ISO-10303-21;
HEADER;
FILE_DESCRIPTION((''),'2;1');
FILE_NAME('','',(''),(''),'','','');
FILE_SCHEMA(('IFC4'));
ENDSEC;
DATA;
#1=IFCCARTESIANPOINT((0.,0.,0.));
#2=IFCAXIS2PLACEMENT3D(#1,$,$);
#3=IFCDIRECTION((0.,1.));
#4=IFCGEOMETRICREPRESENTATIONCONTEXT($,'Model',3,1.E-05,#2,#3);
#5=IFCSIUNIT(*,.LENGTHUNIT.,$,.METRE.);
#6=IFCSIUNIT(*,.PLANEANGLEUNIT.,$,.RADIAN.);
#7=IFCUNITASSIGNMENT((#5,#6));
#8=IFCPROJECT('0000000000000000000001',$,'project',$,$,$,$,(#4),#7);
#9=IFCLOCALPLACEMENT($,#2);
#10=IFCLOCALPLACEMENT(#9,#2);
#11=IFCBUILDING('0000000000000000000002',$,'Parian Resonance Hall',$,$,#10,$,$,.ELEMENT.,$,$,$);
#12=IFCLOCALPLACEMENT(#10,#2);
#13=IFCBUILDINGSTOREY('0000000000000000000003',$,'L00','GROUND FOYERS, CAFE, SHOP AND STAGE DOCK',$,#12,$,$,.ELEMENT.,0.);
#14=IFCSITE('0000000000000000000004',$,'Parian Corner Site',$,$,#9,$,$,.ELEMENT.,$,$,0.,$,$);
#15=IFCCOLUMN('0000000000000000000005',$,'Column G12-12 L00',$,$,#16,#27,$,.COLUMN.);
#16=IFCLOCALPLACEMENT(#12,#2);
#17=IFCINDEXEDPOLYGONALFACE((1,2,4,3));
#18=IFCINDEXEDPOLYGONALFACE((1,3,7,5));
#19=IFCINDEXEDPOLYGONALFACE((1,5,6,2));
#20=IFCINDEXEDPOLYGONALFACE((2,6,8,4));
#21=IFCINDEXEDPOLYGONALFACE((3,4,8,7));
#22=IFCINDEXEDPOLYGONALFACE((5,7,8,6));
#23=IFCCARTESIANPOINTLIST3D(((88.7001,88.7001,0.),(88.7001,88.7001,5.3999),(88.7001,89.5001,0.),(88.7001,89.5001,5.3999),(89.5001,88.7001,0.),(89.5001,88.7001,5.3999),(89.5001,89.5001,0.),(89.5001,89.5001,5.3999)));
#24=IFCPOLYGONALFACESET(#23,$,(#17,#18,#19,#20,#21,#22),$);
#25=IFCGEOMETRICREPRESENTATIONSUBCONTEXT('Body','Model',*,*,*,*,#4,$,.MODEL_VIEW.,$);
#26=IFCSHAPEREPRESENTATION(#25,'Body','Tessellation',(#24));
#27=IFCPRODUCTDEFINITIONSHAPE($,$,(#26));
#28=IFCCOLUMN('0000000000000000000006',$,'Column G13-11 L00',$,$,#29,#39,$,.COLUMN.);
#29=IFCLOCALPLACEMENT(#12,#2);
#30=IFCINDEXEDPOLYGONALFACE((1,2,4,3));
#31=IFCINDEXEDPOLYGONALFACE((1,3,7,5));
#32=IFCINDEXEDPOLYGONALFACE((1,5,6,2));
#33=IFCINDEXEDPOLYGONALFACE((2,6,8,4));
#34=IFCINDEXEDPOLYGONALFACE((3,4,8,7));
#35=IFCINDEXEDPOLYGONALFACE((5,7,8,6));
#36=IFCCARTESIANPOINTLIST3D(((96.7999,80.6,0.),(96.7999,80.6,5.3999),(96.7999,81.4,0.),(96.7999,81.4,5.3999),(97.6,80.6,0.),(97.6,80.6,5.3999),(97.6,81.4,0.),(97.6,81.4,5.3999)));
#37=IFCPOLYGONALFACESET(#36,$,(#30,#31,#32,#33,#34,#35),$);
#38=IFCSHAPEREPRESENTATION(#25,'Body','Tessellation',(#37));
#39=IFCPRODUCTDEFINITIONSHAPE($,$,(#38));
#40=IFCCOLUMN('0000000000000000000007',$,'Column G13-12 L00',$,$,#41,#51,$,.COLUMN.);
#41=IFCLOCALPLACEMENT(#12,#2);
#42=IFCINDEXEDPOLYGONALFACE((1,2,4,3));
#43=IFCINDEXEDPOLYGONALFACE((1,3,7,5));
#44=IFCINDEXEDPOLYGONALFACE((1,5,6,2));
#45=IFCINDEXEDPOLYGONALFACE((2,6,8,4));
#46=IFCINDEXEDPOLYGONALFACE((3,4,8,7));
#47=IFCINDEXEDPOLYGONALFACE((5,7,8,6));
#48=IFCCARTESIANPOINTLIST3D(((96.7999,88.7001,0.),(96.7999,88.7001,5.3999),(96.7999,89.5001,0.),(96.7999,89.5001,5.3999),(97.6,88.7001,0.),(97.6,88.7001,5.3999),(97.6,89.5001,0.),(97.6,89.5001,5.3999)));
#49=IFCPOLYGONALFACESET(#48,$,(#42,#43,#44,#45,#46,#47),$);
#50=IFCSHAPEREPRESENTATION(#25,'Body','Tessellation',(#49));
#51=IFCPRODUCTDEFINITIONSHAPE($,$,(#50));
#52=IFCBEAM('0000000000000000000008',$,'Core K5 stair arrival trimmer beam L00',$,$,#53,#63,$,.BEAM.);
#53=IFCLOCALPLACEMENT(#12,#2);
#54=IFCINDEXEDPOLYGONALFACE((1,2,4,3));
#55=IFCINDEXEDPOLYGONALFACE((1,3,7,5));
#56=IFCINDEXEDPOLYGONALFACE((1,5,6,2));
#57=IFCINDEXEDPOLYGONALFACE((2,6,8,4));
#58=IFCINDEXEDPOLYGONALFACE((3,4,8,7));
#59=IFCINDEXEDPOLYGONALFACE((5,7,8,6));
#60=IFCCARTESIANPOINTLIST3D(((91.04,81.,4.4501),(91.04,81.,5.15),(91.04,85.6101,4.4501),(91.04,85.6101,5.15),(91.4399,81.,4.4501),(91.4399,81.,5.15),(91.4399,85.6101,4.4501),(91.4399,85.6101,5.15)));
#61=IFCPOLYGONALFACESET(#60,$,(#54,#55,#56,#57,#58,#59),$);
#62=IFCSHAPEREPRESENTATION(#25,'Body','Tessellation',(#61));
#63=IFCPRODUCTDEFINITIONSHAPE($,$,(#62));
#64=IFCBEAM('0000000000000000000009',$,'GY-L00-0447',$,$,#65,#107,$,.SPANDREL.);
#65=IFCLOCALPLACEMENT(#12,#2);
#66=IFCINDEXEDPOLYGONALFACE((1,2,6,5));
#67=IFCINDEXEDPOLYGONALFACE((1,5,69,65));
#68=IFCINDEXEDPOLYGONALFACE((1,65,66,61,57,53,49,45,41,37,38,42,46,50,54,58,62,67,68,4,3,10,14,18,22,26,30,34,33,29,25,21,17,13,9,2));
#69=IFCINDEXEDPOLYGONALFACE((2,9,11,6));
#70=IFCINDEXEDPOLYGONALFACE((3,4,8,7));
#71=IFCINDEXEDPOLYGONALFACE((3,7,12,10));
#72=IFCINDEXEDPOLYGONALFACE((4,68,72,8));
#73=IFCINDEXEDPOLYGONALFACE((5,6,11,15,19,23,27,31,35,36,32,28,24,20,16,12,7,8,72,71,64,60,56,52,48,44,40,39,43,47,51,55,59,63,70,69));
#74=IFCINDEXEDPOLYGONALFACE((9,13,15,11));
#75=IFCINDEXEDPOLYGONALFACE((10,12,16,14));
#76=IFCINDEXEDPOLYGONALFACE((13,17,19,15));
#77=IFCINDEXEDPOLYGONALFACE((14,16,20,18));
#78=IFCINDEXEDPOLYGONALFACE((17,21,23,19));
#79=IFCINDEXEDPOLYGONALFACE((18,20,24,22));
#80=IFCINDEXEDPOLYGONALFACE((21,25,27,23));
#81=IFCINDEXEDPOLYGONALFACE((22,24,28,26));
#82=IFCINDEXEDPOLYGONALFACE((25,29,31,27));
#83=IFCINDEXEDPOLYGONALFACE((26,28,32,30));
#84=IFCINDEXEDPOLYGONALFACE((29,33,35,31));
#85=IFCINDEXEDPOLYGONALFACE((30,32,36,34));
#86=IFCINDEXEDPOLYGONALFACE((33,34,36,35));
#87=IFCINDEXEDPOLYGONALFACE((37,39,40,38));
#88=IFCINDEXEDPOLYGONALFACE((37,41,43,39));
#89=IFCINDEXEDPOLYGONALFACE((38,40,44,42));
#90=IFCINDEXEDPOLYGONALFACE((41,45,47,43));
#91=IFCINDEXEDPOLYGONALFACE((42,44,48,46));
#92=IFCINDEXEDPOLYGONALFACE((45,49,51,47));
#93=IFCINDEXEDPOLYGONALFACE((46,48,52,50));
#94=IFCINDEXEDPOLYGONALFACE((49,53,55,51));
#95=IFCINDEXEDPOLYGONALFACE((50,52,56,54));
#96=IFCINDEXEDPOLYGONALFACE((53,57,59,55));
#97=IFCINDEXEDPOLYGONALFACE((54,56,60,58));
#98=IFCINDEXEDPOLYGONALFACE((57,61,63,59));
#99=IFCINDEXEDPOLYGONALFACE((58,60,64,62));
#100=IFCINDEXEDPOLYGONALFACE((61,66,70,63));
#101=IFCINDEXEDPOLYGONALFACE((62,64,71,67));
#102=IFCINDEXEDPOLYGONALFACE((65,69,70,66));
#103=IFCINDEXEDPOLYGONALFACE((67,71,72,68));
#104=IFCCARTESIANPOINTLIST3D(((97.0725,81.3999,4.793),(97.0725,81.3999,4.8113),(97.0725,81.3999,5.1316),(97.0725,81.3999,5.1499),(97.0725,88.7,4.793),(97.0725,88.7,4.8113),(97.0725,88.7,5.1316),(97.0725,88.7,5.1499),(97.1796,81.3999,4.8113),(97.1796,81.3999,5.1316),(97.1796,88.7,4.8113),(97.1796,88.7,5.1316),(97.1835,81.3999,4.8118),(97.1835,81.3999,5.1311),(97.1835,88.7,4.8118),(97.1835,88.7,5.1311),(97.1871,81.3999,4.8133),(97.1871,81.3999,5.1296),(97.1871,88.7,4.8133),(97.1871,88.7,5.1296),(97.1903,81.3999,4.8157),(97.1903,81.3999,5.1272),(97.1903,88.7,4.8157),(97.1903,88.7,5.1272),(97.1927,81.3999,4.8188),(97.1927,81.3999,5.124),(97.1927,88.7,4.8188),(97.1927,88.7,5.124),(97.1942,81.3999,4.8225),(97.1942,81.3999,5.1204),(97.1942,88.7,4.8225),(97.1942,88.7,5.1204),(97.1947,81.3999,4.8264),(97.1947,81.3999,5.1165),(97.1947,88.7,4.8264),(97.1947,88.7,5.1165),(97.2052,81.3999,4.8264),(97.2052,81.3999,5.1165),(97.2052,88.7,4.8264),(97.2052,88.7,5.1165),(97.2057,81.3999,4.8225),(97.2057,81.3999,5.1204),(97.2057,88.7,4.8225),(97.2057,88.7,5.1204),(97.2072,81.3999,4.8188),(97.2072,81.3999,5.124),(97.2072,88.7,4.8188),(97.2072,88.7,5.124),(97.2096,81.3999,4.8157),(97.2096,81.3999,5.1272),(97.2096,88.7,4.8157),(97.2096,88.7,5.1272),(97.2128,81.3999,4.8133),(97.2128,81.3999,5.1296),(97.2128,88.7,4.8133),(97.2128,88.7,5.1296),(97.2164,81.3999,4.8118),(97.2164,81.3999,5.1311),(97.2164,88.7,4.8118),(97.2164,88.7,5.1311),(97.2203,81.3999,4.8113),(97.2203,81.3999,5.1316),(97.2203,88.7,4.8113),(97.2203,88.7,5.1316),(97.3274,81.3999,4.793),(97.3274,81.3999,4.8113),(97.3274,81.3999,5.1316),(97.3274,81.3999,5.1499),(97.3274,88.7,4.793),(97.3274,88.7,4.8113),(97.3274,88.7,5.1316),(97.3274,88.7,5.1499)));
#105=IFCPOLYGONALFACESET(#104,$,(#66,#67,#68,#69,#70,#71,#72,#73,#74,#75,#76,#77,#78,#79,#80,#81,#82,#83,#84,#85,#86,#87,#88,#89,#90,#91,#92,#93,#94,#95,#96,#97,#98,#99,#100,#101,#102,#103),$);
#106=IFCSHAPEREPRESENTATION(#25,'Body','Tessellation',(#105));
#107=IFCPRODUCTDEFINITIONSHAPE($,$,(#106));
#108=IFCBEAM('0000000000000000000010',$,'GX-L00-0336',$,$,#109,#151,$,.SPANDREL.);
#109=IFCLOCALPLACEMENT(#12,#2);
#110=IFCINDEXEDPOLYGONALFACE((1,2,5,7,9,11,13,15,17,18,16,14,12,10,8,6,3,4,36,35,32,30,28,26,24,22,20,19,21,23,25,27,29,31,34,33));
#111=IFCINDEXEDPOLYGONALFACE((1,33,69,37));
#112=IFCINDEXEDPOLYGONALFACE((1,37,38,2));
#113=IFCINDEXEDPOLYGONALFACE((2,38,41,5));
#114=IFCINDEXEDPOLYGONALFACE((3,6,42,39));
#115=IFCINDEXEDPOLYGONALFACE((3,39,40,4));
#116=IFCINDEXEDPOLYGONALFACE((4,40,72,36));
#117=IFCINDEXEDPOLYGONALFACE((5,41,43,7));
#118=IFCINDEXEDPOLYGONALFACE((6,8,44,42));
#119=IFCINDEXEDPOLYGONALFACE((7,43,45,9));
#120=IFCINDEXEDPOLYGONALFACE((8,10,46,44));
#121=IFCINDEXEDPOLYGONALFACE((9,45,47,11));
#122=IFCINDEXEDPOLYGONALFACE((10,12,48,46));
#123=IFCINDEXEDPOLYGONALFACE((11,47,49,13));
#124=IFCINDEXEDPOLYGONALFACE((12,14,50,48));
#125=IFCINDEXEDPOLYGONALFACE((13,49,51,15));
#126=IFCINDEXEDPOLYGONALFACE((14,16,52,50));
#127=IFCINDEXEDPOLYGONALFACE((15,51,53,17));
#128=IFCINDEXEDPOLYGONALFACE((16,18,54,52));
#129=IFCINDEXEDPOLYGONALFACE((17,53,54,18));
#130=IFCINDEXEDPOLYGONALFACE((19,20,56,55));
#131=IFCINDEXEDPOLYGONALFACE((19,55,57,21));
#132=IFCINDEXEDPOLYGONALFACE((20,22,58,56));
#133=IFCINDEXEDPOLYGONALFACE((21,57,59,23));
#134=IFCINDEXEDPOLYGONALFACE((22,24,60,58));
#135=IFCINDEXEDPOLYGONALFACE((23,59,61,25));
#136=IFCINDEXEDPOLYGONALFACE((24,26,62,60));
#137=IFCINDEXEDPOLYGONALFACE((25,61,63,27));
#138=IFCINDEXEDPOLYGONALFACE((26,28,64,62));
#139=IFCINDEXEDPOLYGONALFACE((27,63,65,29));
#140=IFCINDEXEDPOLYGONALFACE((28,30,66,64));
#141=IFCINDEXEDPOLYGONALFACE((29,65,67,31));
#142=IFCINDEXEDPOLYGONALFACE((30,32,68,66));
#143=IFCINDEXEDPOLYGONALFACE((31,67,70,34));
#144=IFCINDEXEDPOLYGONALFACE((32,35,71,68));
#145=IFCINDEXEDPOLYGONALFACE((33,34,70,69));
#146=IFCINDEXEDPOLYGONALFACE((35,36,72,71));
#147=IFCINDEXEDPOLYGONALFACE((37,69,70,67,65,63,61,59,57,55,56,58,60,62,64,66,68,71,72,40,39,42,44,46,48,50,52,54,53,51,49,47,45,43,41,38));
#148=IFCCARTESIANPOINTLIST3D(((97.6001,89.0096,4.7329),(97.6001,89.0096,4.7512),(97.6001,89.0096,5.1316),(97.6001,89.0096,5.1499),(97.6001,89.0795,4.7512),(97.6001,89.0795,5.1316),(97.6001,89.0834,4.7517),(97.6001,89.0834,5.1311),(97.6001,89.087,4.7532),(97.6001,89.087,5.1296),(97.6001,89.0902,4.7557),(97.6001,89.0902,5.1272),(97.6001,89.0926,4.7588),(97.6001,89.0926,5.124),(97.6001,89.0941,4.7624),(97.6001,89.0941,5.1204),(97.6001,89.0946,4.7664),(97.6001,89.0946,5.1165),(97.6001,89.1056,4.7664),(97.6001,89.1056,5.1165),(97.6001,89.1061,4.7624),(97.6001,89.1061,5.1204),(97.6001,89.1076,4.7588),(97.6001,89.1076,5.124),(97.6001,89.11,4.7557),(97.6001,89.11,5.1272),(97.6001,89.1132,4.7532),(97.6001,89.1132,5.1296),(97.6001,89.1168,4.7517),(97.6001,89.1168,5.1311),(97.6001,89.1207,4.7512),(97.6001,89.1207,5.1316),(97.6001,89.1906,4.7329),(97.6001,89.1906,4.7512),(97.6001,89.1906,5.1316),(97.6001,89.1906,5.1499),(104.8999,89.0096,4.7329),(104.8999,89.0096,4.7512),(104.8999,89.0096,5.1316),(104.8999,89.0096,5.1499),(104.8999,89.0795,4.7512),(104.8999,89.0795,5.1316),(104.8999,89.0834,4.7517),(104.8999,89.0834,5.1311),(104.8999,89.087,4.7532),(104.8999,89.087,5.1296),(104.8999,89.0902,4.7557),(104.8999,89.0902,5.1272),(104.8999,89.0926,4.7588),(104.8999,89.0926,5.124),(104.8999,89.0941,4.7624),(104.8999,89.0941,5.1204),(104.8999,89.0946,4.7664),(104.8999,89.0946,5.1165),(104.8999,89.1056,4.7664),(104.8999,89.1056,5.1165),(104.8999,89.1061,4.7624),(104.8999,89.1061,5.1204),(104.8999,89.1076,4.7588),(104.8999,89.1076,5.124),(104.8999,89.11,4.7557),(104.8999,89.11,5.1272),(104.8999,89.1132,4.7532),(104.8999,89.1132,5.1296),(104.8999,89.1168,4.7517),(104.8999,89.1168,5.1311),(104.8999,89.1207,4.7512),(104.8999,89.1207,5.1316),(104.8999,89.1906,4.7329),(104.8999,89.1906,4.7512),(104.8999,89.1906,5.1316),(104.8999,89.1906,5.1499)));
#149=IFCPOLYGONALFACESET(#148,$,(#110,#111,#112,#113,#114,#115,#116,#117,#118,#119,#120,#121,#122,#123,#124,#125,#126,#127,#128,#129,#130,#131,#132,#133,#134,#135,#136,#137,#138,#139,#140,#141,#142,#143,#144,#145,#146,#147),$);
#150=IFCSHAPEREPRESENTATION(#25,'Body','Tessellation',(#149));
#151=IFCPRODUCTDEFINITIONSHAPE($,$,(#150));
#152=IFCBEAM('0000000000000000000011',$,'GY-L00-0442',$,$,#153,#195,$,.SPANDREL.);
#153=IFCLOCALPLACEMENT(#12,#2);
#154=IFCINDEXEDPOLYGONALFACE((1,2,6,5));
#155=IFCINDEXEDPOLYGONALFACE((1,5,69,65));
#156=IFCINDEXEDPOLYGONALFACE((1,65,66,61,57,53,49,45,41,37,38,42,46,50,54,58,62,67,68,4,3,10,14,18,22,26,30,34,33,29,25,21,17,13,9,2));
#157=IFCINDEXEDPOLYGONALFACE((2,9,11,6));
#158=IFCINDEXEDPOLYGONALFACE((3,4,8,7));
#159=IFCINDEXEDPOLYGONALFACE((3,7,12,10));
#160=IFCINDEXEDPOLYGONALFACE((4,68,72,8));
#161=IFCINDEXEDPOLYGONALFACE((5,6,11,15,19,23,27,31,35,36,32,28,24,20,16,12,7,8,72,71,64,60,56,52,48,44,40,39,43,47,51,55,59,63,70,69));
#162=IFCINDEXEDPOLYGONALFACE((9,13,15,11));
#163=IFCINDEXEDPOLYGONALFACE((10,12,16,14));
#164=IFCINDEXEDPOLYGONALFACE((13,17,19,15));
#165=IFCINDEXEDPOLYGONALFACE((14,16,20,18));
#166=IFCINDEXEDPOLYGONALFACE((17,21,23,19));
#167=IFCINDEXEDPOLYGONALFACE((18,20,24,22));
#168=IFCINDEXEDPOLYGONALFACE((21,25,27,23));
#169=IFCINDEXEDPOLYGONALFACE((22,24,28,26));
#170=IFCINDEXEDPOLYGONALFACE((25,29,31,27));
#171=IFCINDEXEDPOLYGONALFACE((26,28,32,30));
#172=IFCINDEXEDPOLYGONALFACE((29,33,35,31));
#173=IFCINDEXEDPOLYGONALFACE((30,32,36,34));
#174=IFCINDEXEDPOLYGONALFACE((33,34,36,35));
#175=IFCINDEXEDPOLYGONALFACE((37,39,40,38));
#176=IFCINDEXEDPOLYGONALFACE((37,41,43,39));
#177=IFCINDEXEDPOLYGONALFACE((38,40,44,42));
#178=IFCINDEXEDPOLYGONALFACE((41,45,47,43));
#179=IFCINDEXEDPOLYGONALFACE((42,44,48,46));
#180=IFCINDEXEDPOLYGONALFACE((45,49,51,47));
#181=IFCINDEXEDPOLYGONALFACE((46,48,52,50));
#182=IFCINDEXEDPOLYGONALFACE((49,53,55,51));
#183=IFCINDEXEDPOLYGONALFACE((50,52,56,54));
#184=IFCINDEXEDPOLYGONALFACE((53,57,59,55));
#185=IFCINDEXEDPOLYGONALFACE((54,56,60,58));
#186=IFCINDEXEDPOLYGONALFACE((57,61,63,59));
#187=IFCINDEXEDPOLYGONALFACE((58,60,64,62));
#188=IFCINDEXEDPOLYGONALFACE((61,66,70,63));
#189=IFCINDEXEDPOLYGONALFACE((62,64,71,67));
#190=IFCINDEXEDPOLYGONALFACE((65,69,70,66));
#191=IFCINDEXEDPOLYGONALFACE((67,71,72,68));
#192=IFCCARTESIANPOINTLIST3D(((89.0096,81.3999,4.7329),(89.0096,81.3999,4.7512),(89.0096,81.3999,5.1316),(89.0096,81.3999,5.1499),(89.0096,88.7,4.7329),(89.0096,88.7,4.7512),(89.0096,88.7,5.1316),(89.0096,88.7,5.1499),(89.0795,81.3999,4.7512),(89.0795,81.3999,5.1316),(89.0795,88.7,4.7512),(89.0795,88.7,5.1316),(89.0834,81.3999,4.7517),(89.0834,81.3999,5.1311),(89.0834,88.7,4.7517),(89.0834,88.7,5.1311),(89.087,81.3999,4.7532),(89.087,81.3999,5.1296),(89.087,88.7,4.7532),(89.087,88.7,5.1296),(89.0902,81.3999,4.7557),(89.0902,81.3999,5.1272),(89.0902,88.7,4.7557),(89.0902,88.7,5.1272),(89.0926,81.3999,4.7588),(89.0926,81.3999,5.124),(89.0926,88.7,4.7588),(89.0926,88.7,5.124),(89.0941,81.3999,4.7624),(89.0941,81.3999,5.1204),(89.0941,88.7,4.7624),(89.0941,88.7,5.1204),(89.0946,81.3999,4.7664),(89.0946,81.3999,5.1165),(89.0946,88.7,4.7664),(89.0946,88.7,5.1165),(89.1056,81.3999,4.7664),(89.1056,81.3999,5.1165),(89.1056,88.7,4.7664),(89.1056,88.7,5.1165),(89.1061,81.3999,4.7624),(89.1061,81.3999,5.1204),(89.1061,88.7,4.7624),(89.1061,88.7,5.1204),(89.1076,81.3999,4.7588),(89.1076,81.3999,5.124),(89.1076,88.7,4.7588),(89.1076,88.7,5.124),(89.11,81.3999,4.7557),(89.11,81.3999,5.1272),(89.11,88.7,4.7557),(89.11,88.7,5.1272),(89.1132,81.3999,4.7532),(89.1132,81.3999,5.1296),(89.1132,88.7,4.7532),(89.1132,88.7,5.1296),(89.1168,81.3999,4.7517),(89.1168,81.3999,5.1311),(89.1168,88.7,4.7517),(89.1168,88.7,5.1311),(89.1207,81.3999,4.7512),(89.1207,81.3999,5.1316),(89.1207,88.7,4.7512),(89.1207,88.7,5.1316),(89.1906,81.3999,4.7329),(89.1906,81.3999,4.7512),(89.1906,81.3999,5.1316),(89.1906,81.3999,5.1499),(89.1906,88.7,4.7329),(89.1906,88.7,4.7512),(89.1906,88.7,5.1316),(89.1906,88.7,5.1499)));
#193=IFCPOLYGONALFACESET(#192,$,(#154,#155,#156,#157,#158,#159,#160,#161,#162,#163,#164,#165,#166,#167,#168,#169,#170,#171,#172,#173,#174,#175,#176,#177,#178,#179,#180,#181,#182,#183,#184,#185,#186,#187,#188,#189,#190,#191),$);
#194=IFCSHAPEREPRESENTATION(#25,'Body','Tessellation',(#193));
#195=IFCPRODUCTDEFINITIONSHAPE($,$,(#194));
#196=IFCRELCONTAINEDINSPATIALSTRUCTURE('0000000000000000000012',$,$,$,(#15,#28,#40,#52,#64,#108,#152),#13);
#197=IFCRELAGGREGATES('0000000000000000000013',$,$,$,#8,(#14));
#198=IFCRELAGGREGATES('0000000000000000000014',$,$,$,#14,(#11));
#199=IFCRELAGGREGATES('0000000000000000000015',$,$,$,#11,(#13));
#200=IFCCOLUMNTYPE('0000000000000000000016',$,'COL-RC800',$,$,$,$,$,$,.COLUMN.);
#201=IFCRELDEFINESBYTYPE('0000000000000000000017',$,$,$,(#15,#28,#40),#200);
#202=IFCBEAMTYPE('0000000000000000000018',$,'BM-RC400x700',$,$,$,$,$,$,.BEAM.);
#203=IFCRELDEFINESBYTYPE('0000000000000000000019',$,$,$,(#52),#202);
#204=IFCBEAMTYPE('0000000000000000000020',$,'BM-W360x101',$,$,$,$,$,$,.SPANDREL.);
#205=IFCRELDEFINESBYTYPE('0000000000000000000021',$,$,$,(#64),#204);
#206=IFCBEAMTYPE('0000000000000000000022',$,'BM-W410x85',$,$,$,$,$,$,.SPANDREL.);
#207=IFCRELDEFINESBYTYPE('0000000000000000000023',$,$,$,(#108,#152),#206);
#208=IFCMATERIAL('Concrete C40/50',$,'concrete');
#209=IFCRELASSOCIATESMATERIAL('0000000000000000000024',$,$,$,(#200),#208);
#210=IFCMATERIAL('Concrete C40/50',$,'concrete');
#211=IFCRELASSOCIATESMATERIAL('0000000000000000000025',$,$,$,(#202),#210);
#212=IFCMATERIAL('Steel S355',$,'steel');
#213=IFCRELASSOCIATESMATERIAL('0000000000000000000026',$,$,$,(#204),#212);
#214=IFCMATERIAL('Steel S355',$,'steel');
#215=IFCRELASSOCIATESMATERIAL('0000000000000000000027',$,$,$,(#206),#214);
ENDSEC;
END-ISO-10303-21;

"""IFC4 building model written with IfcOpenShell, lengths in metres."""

from ifc_helpers import new_model, si_unit, direction, frame, origin, origin_2d, place, context, subcontext, project, spatial, rectangle, i_section, extrude, material, material_profile, profile_set, type_object, element, save


model = new_model("IFC4")

# Units and contexts
model_context = context("Model", 3, precision=1e-05, world=origin(), true_north=direction((0.0, 1.0)))
body_context = subcontext(model_context, "Body", "Model", "MODEL_VIEW")
ifc_project = project(units=[si_unit("LENGTHUNIT", "METRE"), si_unit("PLANEANGLEUNIT", "RADIAN")], contexts=[model_context])

# Site, building, storey
site_placement = place(None, origin())
site = spatial("IfcSite", under=ifc_project, at=site_placement, Name="Parian Corner Site", CompositionType="ELEMENT", RefElevation=0.0)
building_placement = place(site_placement, origin())
building = spatial("IfcBuilding", under=site, at=building_placement, Name="Parian Resonance Hall", CompositionType="ELEMENT")
storey_placement = place(building_placement, origin())
storey = spatial("IfcBuildingStorey", under=building, at=storey_placement, Name="L00", Description="GROUND FOYERS, CAFE, SHOP AND STAGE DOCK", CompositionType="ELEMENT", Elevation=0.0)

# Columns
ifc_material_1 = material(Name="Concrete C40/50", Category="concrete")
ifc_material_profile_1 = material_profile(ifc_material_1, rectangle(XDim=0.8, YDim=0.8, at=origin_2d()), Name="RC-COL-800x800")
ifc_profile_set_1 = profile_set([ifc_material_profile_1], Name="Concrete C40/50")
column_type = type_object("IfcColumnType", Name="COL-RC800", PredefinedType="COLUMN", material=ifc_profile_set_1)
for number, where, z_axis, x_axis, name in (
    (1, (89.1001, 89.1001, 0.0), (0.0, 0.0, 1.0), (1.0, 0.0, 0.0), "Column G12-12 L00"),
    (2, (97.2, 81.0, 0.0), (0.0, 0.0, 1.0), (1.0, 0.0, 0.0), "Column G13-11 L00"),
    (3, (97.2, 89.1001, 0.0), (0.0, 0.0, 1.0), (1.0, 0.0, 0.0), "Column G13-12 L00"),
):
    element("IfcColumn", number, at=place(storey_placement, frame(where, z_axis=z_axis, x_axis=x_axis)), inside=storey, type_object=column_type, Name=name, PredefinedType="COLUMN", context=body_context, shape_type="SweptSolid", body=[
        extrude(rectangle(XDim=0.8, YDim=0.8, at=origin_2d()), origin(), (0.0, 0.0, 1.0), 5.3999),
    ])

# Beams
ifc_material_2 = material(Name="Concrete C40/50", Category="concrete")
ifc_material_profile_2 = material_profile(ifc_material_2, rectangle(XDim=0.3999, YDim=0.7, at=origin_2d()), Name="RC-BM-400x700")
ifc_profile_set_2 = profile_set([ifc_material_profile_2], Name="Concrete C40/50")
beam_type_1 = type_object("IfcBeamType", Name="BM-RC400x700", PredefinedType="BEAM", material=ifc_profile_set_2)
beam_1_placement = place(storey_placement, frame((91.24, 81.0, 4.8), z_axis=(0.0, 1.0, 0.0), x_axis=(-1.0, 0.0, 0.0)))
element("IfcBeam", 4, at=beam_1_placement, inside=storey, type_object=beam_type_1, Name="Core K5 stair arrival trimmer beam L00", PredefinedType="BEAM", context=body_context, shape_type="SweptSolid", body=[
    extrude(rectangle(XDim=0.3999, YDim=0.7, at=origin_2d()), origin(), (0.0, 0.0, 1.0), 4.6101),
])
ifc_material_3 = material(Name="Steel S355", Category="steel")
ifc_material_profile_3 = material_profile(ifc_material_3, i_section(OverallWidth=0.2549, OverallDepth=0.3569, WebThickness=0.0105, FlangeThickness=0.0183, FilletRadius=0.0151, at=origin_2d()), Name="W360x101")
ifc_profile_set_3 = profile_set([ifc_material_profile_3], Name="Steel S355")
beam_type_2 = type_object("IfcBeamType", Name="BM-W360x101", PredefinedType="SPANDREL", material=ifc_profile_set_3)
beam_2_placement = place(storey_placement, frame((97.2, 81.3999, 4.9714), z_axis=(0.0, 1.0, 0.0), x_axis=(-1.0, 0.0, 0.0)))
element("IfcBeam", 5, at=beam_2_placement, inside=storey, type_object=beam_type_2, Name="GY-L00-0447", PredefinedType="SPANDREL", context=body_context, shape_type="SweptSolid", body=[
    extrude(i_section(OverallWidth=0.2549, OverallDepth=0.3569, WebThickness=0.0105, FlangeThickness=0.0183, FilletRadius=0.0151, at=origin_2d()), origin(), (0.0, 0.0, 1.0), 7.3),
])
ifc_material_4 = material(Name="Steel S355", Category="steel")
ifc_material_profile_4 = material_profile(ifc_material_4, i_section(OverallWidth=0.1809, OverallDepth=0.417, WebThickness=0.011, FlangeThickness=0.0183, FilletRadius=0.0151, at=origin_2d()), Name="W410x85")
ifc_profile_set_4 = profile_set([ifc_material_profile_4], Name="Steel S355")
beam_type_3 = type_object("IfcBeamType", Name="BM-W410x85", PredefinedType="SPANDREL", material=ifc_profile_set_4)
beam_3_placement = place(storey_placement, frame((97.6001, 89.1001, 4.9414), z_axis=(1.0, 0.0, 0.0), x_axis=(0.0, 1.0, 0.0)))
element("IfcBeam", 6, at=beam_3_placement, inside=storey, type_object=beam_type_3, Name="GX-L00-0336", PredefinedType="SPANDREL", context=body_context, shape_type="SweptSolid", body=[
    extrude(i_section(OverallWidth=0.1809, OverallDepth=0.417, WebThickness=0.011, FlangeThickness=0.0183, FilletRadius=0.0151, at=origin_2d()), origin(), (0.0, 0.0, 1.0), 7.2998),
])
beam_4_placement = place(storey_placement, frame((89.1001, 81.3999, 4.9414), z_axis=(0.0, 1.0, 0.0), x_axis=(-1.0, 0.0, 0.0)))
element("IfcBeam", 7, at=beam_4_placement, inside=storey, type_object=beam_type_3, Name="GY-L00-0442", PredefinedType="SPANDREL", context=body_context, shape_type="SweptSolid", body=[
    extrude(i_section(OverallWidth=0.1809, OverallDepth=0.417, WebThickness=0.011, FlangeThickness=0.0183, FilletRadius=0.0151, at=origin_2d()), origin(), (0.0, 0.0, 1.0), 7.3),
])

save(model, "model.ifc")
